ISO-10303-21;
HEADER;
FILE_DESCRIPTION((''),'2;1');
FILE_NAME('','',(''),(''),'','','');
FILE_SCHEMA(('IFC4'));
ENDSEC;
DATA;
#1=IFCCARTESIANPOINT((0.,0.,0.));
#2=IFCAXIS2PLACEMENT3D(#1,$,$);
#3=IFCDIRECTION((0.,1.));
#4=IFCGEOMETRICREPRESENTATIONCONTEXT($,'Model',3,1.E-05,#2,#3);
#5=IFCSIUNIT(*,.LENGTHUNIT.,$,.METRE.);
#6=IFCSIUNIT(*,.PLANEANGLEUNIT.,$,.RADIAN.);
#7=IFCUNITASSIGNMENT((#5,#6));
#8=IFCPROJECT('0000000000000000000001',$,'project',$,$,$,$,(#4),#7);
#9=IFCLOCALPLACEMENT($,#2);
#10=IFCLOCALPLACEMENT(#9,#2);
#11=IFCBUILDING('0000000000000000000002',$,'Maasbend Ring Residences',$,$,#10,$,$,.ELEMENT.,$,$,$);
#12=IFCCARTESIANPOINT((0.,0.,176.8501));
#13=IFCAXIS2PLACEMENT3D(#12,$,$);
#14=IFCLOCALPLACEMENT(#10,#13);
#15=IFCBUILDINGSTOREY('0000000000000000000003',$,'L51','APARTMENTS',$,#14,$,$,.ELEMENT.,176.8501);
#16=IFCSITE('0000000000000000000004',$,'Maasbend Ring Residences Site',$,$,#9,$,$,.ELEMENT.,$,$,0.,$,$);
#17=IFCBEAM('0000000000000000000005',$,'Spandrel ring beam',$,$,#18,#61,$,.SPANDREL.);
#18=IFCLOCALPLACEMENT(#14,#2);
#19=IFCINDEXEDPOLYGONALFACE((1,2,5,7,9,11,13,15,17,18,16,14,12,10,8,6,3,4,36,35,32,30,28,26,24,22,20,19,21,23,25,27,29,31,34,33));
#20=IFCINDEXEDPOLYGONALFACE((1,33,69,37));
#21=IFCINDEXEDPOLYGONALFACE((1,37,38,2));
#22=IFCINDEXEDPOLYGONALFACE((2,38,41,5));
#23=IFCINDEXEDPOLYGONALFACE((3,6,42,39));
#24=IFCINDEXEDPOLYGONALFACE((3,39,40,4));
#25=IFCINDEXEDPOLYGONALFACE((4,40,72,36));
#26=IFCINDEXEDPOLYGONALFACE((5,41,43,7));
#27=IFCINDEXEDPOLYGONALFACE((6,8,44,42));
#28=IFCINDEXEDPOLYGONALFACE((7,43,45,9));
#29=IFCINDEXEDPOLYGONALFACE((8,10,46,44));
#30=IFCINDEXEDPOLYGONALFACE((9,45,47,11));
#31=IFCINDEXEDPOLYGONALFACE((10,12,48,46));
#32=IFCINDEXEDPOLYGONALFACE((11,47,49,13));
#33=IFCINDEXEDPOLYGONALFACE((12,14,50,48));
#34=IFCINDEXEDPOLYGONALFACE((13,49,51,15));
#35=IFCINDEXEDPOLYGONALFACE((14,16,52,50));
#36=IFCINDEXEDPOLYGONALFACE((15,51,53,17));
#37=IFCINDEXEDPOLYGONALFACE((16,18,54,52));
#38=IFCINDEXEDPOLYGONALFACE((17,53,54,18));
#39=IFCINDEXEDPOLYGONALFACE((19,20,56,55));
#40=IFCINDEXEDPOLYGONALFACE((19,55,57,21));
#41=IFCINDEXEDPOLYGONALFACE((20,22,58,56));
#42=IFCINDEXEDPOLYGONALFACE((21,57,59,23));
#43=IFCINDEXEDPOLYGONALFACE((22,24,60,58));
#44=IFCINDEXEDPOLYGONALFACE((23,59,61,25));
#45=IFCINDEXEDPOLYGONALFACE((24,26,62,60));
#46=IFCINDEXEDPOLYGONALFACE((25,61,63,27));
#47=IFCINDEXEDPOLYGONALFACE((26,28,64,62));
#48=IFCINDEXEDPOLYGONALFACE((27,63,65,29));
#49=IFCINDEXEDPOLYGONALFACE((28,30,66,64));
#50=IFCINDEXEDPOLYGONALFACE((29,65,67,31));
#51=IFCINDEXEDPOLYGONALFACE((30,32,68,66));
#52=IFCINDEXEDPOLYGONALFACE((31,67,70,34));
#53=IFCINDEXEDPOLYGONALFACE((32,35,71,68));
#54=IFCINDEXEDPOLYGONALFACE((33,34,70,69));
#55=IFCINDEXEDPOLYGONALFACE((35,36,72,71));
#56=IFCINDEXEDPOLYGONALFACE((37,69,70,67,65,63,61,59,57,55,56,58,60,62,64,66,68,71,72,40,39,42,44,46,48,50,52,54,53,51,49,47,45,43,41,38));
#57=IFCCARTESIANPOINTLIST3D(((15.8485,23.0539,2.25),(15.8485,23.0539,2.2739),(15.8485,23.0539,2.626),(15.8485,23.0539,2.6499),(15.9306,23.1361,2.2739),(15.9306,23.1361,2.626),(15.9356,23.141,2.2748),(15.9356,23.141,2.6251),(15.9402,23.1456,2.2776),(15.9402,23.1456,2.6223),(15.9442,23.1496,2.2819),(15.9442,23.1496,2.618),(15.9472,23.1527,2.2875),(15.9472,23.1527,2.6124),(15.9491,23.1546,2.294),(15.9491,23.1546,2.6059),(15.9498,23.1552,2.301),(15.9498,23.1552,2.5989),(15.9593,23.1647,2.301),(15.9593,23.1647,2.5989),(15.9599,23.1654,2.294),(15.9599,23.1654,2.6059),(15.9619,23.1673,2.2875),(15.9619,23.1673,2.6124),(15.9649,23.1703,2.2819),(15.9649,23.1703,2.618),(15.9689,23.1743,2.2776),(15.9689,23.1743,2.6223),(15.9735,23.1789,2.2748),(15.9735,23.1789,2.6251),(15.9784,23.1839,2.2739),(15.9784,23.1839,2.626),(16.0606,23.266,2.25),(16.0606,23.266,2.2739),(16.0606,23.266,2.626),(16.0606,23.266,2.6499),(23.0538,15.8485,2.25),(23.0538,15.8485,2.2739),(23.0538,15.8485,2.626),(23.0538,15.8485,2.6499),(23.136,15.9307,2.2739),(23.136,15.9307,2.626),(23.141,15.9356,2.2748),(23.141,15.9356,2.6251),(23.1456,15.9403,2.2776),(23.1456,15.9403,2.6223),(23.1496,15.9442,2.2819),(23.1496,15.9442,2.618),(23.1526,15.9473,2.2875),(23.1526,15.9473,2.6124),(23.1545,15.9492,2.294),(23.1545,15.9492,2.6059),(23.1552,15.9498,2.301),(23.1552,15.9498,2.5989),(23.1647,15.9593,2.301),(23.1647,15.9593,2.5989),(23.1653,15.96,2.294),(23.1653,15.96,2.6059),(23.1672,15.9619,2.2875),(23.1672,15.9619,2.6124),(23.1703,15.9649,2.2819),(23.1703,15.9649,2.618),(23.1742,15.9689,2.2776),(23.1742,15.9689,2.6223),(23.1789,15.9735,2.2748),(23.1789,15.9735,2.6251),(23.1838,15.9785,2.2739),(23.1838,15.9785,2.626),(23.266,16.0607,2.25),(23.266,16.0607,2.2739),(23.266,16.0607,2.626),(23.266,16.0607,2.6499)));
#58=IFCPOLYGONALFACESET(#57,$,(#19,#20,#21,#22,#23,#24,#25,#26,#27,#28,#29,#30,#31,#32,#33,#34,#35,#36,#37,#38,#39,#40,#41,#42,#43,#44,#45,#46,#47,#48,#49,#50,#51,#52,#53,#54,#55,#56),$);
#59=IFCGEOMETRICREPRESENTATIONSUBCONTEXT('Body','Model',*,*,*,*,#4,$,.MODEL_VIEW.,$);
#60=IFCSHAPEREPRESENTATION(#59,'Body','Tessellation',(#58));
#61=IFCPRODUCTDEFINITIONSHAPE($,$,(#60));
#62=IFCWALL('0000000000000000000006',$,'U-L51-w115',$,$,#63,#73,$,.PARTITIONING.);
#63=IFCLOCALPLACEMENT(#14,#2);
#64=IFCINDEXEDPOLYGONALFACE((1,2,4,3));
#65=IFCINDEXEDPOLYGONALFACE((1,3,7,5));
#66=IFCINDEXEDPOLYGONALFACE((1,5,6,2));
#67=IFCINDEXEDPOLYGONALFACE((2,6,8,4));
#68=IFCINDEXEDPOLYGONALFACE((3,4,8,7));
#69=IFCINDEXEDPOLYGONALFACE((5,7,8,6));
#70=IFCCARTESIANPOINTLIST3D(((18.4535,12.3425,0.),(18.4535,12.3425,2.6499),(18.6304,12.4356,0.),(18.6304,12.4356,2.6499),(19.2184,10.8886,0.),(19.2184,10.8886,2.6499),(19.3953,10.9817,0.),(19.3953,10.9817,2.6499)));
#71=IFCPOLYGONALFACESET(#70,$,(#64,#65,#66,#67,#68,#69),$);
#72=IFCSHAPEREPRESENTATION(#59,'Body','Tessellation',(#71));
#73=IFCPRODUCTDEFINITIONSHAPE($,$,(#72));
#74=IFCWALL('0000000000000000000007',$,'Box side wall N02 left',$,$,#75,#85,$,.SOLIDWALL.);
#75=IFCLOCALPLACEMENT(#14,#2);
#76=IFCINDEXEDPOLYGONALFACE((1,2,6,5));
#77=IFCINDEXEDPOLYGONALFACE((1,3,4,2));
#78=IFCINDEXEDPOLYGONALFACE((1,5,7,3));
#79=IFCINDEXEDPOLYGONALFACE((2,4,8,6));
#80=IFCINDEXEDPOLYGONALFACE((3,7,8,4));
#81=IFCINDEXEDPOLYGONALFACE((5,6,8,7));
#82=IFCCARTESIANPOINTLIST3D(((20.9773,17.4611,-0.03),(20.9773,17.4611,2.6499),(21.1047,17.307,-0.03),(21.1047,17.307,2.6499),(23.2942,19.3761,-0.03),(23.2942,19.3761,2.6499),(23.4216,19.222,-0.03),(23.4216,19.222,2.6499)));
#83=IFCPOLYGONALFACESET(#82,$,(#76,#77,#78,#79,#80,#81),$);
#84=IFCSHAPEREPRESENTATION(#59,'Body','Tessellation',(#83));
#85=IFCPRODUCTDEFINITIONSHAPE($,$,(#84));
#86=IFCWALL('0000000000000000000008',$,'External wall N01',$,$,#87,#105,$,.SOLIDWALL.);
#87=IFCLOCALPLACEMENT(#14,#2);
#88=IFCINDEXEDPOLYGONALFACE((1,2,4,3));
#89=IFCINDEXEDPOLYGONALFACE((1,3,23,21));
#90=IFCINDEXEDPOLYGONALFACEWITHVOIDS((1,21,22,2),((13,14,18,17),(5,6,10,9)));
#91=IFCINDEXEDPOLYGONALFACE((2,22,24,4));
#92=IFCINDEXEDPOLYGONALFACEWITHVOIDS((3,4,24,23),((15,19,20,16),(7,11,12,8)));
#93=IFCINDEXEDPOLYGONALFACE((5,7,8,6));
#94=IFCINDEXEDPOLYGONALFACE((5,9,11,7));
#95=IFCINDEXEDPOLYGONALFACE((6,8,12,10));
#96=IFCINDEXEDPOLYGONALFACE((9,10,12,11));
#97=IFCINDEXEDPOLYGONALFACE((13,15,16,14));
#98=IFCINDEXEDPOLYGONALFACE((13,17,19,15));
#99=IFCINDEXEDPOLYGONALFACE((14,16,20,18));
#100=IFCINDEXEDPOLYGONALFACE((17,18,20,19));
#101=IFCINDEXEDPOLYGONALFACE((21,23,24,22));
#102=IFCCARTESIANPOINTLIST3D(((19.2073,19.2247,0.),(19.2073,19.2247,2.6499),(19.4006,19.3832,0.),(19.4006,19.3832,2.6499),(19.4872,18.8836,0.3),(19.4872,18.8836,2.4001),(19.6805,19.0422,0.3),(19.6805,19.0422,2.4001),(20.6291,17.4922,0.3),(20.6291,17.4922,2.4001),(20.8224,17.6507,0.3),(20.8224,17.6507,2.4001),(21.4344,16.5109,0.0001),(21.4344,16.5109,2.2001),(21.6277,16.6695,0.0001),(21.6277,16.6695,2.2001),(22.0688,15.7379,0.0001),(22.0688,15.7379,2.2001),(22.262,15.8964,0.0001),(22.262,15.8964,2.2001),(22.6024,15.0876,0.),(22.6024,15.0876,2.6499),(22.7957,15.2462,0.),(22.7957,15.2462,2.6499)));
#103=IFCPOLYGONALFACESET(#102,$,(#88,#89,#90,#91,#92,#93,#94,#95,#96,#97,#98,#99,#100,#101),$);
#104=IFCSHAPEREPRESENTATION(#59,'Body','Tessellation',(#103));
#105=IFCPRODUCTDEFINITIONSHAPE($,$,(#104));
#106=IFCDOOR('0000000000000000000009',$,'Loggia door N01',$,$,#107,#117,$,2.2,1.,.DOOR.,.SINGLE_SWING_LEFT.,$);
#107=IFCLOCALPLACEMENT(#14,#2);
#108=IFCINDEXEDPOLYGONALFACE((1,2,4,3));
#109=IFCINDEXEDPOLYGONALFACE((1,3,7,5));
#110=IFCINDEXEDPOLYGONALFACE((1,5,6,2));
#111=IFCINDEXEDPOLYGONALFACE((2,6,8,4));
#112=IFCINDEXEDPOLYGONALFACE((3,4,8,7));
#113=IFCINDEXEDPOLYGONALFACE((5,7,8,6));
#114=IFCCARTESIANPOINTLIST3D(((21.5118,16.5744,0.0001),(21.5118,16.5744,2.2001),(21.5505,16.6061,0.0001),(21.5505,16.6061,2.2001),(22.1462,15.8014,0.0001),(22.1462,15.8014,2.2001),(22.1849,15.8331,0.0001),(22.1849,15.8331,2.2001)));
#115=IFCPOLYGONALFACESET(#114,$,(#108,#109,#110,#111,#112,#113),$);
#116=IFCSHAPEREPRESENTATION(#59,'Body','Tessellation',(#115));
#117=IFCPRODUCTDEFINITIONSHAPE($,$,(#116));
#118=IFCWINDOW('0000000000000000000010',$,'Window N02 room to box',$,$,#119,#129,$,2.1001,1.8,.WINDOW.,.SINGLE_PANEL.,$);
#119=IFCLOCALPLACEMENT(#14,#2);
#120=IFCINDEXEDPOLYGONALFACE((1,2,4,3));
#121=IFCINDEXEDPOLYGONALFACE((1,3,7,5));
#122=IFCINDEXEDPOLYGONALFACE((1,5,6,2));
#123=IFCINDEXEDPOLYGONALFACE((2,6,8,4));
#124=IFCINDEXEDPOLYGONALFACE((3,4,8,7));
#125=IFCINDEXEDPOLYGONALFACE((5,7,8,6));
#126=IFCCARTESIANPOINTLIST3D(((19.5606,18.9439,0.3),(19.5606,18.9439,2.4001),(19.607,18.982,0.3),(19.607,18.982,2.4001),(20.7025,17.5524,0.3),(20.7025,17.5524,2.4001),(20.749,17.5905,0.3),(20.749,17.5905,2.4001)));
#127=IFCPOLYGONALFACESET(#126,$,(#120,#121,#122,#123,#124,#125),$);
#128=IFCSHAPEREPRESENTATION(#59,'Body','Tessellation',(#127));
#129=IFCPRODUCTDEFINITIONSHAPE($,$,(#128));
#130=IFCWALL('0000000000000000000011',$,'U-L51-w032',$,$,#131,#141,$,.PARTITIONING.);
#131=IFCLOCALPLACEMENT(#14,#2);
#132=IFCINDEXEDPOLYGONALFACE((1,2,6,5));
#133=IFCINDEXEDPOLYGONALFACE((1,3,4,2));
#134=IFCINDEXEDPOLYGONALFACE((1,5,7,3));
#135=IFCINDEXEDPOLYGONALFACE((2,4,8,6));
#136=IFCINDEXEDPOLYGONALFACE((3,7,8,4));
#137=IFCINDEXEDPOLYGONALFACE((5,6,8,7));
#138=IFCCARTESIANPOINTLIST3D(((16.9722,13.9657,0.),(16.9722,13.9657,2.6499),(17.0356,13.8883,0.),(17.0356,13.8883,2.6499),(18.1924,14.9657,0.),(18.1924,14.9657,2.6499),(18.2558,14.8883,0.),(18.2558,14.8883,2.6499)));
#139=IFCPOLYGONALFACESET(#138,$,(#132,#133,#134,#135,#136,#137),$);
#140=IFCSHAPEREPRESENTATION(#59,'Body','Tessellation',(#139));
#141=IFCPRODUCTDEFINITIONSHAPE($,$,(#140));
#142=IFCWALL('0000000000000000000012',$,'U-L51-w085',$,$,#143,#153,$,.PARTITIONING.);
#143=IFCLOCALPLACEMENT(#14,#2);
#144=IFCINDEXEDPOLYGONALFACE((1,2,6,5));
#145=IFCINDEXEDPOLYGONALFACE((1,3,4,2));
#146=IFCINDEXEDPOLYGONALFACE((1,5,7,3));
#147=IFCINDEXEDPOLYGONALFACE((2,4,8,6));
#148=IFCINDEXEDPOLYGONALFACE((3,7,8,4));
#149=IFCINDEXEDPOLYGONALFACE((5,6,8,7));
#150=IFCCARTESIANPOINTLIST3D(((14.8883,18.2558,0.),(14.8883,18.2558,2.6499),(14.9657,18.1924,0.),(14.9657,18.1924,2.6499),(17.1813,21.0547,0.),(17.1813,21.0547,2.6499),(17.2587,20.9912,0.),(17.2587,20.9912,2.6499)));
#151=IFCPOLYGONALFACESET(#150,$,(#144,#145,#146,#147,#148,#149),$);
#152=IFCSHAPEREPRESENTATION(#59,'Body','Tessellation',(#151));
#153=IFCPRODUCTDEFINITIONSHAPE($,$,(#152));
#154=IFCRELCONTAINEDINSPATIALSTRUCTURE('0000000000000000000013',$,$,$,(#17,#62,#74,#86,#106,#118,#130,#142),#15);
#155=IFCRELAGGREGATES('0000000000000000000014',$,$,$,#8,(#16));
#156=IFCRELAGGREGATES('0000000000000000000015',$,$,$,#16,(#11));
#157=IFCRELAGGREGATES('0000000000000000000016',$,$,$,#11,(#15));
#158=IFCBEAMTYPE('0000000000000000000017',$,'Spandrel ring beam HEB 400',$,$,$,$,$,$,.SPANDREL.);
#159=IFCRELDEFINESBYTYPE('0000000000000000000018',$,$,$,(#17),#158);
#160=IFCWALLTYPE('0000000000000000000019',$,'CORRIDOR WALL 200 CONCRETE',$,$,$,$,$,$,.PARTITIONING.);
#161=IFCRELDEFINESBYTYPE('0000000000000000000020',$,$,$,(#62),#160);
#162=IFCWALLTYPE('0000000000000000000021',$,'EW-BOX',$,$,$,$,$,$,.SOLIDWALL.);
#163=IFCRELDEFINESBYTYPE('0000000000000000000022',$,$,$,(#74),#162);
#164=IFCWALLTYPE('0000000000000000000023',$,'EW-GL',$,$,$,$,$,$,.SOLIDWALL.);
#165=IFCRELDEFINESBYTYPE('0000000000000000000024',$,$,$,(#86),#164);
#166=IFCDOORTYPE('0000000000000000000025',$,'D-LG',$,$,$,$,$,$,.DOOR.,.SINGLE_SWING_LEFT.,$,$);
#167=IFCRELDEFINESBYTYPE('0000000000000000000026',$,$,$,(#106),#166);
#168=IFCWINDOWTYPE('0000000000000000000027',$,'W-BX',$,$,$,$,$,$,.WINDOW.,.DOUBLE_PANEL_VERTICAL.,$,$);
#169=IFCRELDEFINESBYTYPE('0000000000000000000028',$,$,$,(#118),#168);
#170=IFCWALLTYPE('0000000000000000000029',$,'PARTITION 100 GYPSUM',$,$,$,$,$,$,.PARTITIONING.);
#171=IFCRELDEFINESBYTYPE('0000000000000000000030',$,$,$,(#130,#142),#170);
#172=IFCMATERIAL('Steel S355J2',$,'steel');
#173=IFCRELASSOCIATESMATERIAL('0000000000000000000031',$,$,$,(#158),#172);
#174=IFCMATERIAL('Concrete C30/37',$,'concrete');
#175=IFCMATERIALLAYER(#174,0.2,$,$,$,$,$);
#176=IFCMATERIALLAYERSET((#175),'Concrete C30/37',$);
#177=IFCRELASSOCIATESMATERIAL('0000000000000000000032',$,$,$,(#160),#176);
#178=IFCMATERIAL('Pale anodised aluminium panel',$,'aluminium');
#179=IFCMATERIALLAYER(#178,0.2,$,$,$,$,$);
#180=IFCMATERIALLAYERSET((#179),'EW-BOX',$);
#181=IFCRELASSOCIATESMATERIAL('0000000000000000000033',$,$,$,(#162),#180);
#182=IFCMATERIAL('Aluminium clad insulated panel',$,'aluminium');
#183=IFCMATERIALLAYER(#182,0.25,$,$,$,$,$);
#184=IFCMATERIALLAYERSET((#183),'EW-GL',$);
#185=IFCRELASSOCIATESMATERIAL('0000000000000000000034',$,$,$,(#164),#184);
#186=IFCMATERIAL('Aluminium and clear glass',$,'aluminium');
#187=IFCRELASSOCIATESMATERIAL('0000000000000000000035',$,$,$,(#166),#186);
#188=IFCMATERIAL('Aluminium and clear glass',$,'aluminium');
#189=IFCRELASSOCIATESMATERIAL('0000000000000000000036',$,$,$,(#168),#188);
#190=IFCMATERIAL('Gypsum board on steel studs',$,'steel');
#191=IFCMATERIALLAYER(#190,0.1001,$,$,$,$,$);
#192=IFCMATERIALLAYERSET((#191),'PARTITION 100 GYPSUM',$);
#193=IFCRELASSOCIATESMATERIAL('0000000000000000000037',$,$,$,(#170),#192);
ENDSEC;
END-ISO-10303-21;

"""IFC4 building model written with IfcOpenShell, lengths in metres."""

from ifc_helpers import new_model, si_unit, direction, frame, frame_2d, origin, origin_2d, place, context, subcontext, project, spatial, rectangle, i_section, extrude, material, layer, layer_set, material_profile, profile_set, type_object, element, fill, save


model = new_model("IFC4")

# Units and contexts
model_context = context("Model", 3, precision=1e-05, world=origin(), true_north=direction((0.0, 1.0)))
body_context = subcontext(model_context, "Body", "Model", "MODEL_VIEW")
ifc_project = project(units=[si_unit("LENGTHUNIT", "METRE"), si_unit("PLANEANGLEUNIT", "RADIAN")], contexts=[model_context])

# Site, building, storey
site_placement = place(None, origin())
site = spatial("IfcSite", under=ifc_project, at=site_placement, Name="Maasbend Ring Residences Site", CompositionType="ELEMENT", RefElevation=0.0)
building_placement = place(site_placement, origin())
building = spatial("IfcBuilding", under=site, at=building_placement, Name="Maasbend Ring Residences", CompositionType="ELEMENT")
storey_placement = place(building_placement, frame((0.0, 0.0, 176.8501)))
storey = spatial("IfcBuildingStorey", under=building, at=storey_placement, Name="L51", Description="APARTMENTS", CompositionType="ELEMENT", Elevation=176.8501)

# Beam
ifc_material_1 = material(Name="Steel S355J2", Category="steel")
ifc_material_profile_1 = material_profile(ifc_material_1, i_section(OverallWidth=0.3, OverallDepth=0.3999, WebThickness=0.0134, FlangeThickness=0.0239, FilletRadius=0.0271, at=origin_2d()), Name="HEB 400")
ifc_profile_set_1 = profile_set([ifc_material_profile_1], Name="Steel S355J2")
beam_type_1 = type_object("IfcBeamType", Name="Spandrel ring beam HEB 400", PredefinedType="SPANDREL", material=ifc_profile_set_1)
beam_1_placement = place(storey_placement, frame((23.1599, 15.9546, 2.45), z_axis=(-0.707107, 0.707107, 0.0), x_axis=(-0.707107, -0.707107, 0.0)))
element("IfcBeam", 1, at=beam_1_placement, inside=storey, type_object=beam_type_1, Name="Spandrel ring beam", PredefinedType="SPANDREL", context=body_context, shape_type="SweptSolid", body=[
    extrude(i_section(OverallWidth=0.3, OverallDepth=0.3999, WebThickness=0.0134, FlangeThickness=0.0239, FilletRadius=0.0271, at=origin_2d()), origin(), (0.0, 0.0, 1.0), 10.1899),
])

# Walls
ifc_material_2 = material(Name="Concrete C30/37", Category="concrete")
ifc_layer_1 = layer(ifc_material_2, 0.2)
ifc_layer_set_1 = layer_set([ifc_layer_1], Name="Concrete C30/37")
wall_type_1 = type_object("IfcWallType", Name="CORRIDOR WALL 200 CONCRETE", PredefinedType="PARTITIONING", material=ifc_layer_set_1)
wall_1_placement = place(storey_placement, frame((18.542, 12.3889, 0.0), z_axis=(0.0, 0.0, 1.0), x_axis=(0.465606, -0.884992, 0.0)))
element("IfcWall", 2, at=wall_1_placement, inside=storey, type_object=wall_type_1, Name="U-L51-w115", PredefinedType="PARTITIONING", context=body_context, shape_type="SweptSolid", body=[
    extrude(rectangle(XDim=1.6428, YDim=0.2, at=frame_2d((0.8213, 0.0))), origin(), (0.0, 0.0, 1.0), 2.6499),
])
ifc_material_3 = material(Name="Pale anodised aluminium panel", Category="aluminium")
ifc_layer_2 = layer(ifc_material_3, 0.2)
ifc_layer_set_2 = layer_set([ifc_layer_2], Name="EW-BOX")
wall_type_2 = type_object("IfcWallType", Name="EW-BOX", PredefinedType="SOLIDWALL", material=ifc_layer_set_2)
wall_2_placement = place(storey_placement, frame((21.041, 17.384, -0.03), z_axis=(0.0, 0.0, 1.0), x_axis=(0.770785, 0.637096, 0.0)))
element("IfcWall", 3, at=wall_2_placement, inside=storey, type_object=wall_type_2, Name="Box side wall N02 left", PredefinedType="SOLIDWALL", context=body_context, shape_type="SweptSolid", body=[
    extrude(rectangle(XDim=3.0059, YDim=0.2, at=frame_2d((1.5029, 0.0))), origin(), (0.0, 0.0, 1.0), 2.6799),
])

# Wall, openings, door, window
ifc_material_4 = material(Name="Aluminium clad insulated panel", Category="aluminium")
ifc_layer_3 = layer(ifc_material_4, 0.25)
ifc_layer_set_3 = layer_set([ifc_layer_3], Name="EW-GL")
wall_type_3 = type_object("IfcWallType", Name="EW-GL", PredefinedType="SOLIDWALL", material=ifc_layer_set_3)
wall_3_placement = place(storey_placement, frame((22.699, 15.167, 0.0), z_axis=(0.0, 0.0, 1.0), x_axis=(-0.634382, 0.773019, 0.0)))
wall_3 = element("IfcWall", 4, at=wall_3_placement, inside=storey, type_object=wall_type_3, Name="External wall N01", PredefinedType="SOLIDWALL", context=body_context, shape_type="SweptSolid", body=[
    extrude(rectangle(XDim=5.3518, YDim=0.25, at=frame_2d((2.6758, 0.0))), origin(), (0.0, 0.0, 1.0), 2.6499),
])
opening_1_placement = place(wall_3_placement, frame((0.8411, 0.0, 0.0)))
opening_1 = element("IfcOpeningElement", 5, at=opening_1_placement, cuts=wall_3, PredefinedType="OPENING", context=body_context, shape_type="SweptSolid", body=[
    extrude(rectangle(XDim=1.0, YDim=2.2, at=frame_2d((0.5, 1.1001))), frame((0.0, 0.135, 0.0), z_axis=(0.0, -1.0, 0.0), x_axis=(1.0, 0.0, 0.0)), (0.0, 0.0, 1.0), 0.27),
])
opening_2_placement = place(wall_3_placement, frame((3.1106, 0.0, 0.3)))
opening_2 = element("IfcOpeningElement", 6, at=opening_2_placement, cuts=wall_3, PredefinedType="OPENING", context=body_context, shape_type="SweptSolid", body=[
    extrude(rectangle(XDim=1.8, YDim=2.1001, at=frame_2d((0.8999, 1.05))), frame((0.0, 0.135, 0.0), z_axis=(0.0, -1.0, 0.0), x_axis=(1.0, 0.0, 0.0)), (0.0, 0.0, 1.0), 0.27),
])
ifc_material_5 = material(Name="Aluminium and clear glass", Category="aluminium")
door_type_1 = type_object("IfcDoorType", Name="D-LG", OperationType="SINGLE_SWING_LEFT", PredefinedType="DOOR", material=ifc_material_5)
door_1_placement = place(opening_1_placement, origin())
door_1 = element("IfcDoor", 7, at=door_1_placement, inside=storey, type_object=door_type_1, Name="Loggia door N01", OperationType="SINGLE_SWING_LEFT", OverallHeight=2.2, OverallWidth=1.0, PredefinedType="DOOR", context=body_context, shape_type="SweptSolid", body=[
    extrude(rectangle(XDim=1.0, YDim=2.2, at=frame_2d((0.5, 1.1001))), frame((0.0, 0.0249, 0.0), z_axis=(0.0, -1.0, 0.0), x_axis=(1.0, 0.0, 0.0)), (0.0, 0.0, 1.0), 0.05),
])
fill(opening_1, door_1)
ifc_material_6 = material(Name="Aluminium and clear glass", Category="aluminium")
window_type = type_object("IfcWindowType", Name="W-BX", PartitioningType="DOUBLE_PANEL_VERTICAL", PredefinedType="WINDOW", material=ifc_material_6)
window_placement = place(opening_2_placement, origin())
window = element("IfcWindow", 8, at=window_placement, inside=storey, type_object=window_type, Name="Window N02 room to box", OverallHeight=2.1001, OverallWidth=1.8, PartitioningType="SINGLE_PANEL", PredefinedType="WINDOW", context=body_context, shape_type="SweptSolid", body=[
    extrude(rectangle(XDim=1.8, YDim=2.1001, at=frame_2d((0.8999, 1.05))), frame((0.0, 0.03, 0.0), z_axis=(0.0, -1.0, 0.0), x_axis=(1.0, 0.0, 0.0)), (0.0, 0.0, 1.0), 0.0601),
])
fill(opening_2, window)

# Walls
ifc_material_7 = material(Name="Gypsum board on steel studs", Category="steel")
ifc_layer_4 = layer(ifc_material_7, 0.1001)
ifc_layer_set_4 = layer_set([ifc_layer_4], Name="PARTITION 100 GYPSUM")
wall_type_4 = type_object("IfcWallType", Name="PARTITION 100 GYPSUM", PredefinedType="PARTITIONING", material=ifc_layer_set_4)
wall_4_placement = place(storey_placement, frame((17.0039, 13.927, 0.0), z_axis=(0.0, 0.0, 1.0), x_axis=(0.773447, 0.633861, 0.0)))
element("IfcWall", 9, at=wall_4_placement, inside=storey, type_object=wall_type_4, Name="U-L51-w032", PredefinedType="PARTITIONING", context=body_context, shape_type="SweptSolid", body=[
    extrude(rectangle(XDim=1.5776, YDim=0.1001, at=frame_2d((0.7888, 0.0))), origin(), (0.0, 0.0, 1.0), 2.6499),
])
wall_5_placement = place(storey_placement, frame((14.927, 18.2241, 0.0), z_axis=(0.0, 0.0, 1.0), x_axis=(0.633737, 0.773548, 0.0)))
element("IfcWall", 10, at=wall_5_placement, inside=storey, type_object=wall_type_4, Name="U-L51-w085", PredefinedType="PARTITIONING", context=body_context, shape_type="SweptSolid", body=[
    extrude(rectangle(XDim=3.6182, YDim=0.1001, at=frame_2d((1.8091, 0.0))), origin(), (0.0, 0.0, 1.0), 2.6499),
])

save(model, "model.ifc")
